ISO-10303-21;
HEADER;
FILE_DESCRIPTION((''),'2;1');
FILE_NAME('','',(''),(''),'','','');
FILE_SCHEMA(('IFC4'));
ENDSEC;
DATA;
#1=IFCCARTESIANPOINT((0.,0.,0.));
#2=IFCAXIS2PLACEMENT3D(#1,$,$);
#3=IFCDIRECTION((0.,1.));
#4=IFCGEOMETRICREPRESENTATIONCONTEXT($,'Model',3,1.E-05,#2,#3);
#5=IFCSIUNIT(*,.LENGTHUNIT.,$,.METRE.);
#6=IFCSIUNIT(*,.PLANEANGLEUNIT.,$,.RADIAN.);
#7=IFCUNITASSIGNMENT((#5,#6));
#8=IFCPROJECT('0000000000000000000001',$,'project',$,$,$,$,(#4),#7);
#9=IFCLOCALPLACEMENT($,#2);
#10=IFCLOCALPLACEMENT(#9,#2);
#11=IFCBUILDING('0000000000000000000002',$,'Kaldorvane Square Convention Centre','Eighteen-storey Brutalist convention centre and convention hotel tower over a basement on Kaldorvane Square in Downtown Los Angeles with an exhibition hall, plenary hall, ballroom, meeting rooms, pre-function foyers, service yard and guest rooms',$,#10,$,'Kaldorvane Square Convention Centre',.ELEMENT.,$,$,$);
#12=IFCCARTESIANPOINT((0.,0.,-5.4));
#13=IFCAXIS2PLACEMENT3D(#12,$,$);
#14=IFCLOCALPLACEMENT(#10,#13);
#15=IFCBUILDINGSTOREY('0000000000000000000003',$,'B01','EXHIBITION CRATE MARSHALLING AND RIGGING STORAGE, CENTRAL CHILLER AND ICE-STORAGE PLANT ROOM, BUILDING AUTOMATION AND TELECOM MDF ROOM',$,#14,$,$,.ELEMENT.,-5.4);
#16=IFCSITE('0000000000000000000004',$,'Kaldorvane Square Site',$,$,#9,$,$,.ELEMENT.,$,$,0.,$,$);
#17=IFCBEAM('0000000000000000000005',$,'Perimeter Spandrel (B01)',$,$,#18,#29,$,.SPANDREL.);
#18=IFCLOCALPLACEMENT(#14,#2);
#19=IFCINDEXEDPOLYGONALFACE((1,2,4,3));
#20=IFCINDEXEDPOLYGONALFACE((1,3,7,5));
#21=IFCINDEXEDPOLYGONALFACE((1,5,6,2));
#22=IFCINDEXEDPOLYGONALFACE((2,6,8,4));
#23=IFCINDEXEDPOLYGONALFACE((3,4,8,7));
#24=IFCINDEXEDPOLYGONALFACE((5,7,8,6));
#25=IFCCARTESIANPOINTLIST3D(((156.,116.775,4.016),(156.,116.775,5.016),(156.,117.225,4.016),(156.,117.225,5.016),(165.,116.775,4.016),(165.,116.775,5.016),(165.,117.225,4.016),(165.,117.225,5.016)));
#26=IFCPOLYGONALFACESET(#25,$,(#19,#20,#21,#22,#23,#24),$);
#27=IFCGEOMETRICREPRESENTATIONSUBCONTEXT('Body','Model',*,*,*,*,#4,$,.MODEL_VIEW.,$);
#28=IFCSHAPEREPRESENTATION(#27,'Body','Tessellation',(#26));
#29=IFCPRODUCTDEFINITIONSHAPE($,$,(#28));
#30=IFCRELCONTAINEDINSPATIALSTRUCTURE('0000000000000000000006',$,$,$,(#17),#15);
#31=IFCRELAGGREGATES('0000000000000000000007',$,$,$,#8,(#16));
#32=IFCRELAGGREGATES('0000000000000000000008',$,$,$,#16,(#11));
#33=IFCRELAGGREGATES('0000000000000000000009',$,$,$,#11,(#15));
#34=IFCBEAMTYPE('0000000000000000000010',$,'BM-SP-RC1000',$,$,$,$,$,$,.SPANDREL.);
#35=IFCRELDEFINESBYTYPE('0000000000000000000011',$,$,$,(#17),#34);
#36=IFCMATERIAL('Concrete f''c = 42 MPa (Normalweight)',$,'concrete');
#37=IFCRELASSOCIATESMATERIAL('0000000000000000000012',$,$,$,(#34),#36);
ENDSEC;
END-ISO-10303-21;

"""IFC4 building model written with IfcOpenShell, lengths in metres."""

from ifc_helpers import new_model, si_unit, direction, frame, origin, origin_2d, place, context, subcontext, project, spatial, rectangle, extrude, material, material_profile, profile_set, type_object, element, save


model = new_model("IFC4")

# Units and contexts
model_context = context("Model", 3, precision=1e-05, world=origin(), true_north=direction((0.0, 1.0)))
body_context = subcontext(model_context, "Body", "Model", "MODEL_VIEW")
ifc_project = project(units=[si_unit("LENGTHUNIT", "METRE"), si_unit("PLANEANGLEUNIT", "RADIAN")], contexts=[model_context])

# Site, building, storey
site_placement = place(None, origin())
site = spatial("IfcSite", under=ifc_project, at=site_placement, Name="Kaldorvane Square Site", CompositionType="ELEMENT", RefElevation=0.0)
building_placement = place(site_placement, origin())
building = spatial("IfcBuilding", under=site, at=building_placement, Name="Kaldorvane Square Convention Centre", Description="Eighteen-storey Brutalist convention centre and convention hotel tower over a basement on Kaldorvane Square in Downtown Los Angeles with an exhibition hall, plenary hall, ballroom, meeting rooms, pre-function foyers, service yard and guest rooms", LongName="Kaldorvane Square Convention Centre", CompositionType="ELEMENT")
storey_placement = place(building_placement, frame((0.0, 0.0, -5.4)))
storey = spatial("IfcBuildingStorey", under=building, at=storey_placement, Name="B01", Description="EXHIBITION CRATE MARSHALLING AND RIGGING STORAGE, CENTRAL CHILLER AND ICE-STORAGE PLANT ROOM, BUILDING AUTOMATION AND TELECOM MDF ROOM", CompositionType="ELEMENT", Elevation=-5.4)

# Shared definitions
ifc_material_1 = material(Name="Concrete f'c = 42 MPa (Normalweight)", Category="concrete")

# Beam
ifc_material_profile_1 = material_profile(ifc_material_1, rectangle(XDim=0.45, YDim=1.0, at=origin_2d()), Name="RCSP1000X450")
ifc_profile_set_1 = profile_set([ifc_material_profile_1], Name="Concrete f'c = 42 MPa (Normalweight)")
beam_type_1 = type_object("IfcBeamType", Name="BM-SP-RC1000", PredefinedType="SPANDREL", material=ifc_profile_set_1)
beam_1_placement = place(storey_placement, frame((156.0, 117.0, 4.516), z_axis=(1.0, 0.0, 0.0), x_axis=(0.0, 1.0, 0.0)))
element("IfcBeam", 1, at=beam_1_placement, inside=storey, type_object=beam_type_1, Name="Perimeter Spandrel (B01)", PredefinedType="SPANDREL", context=body_context, shape_type="SweptSolid", body=[
    extrude(rectangle(XDim=0.45, YDim=1.0, at=origin_2d()), origin(), (0.0, 0.0, 1.0), 9.0),
])

save(model, "model.ifc")
